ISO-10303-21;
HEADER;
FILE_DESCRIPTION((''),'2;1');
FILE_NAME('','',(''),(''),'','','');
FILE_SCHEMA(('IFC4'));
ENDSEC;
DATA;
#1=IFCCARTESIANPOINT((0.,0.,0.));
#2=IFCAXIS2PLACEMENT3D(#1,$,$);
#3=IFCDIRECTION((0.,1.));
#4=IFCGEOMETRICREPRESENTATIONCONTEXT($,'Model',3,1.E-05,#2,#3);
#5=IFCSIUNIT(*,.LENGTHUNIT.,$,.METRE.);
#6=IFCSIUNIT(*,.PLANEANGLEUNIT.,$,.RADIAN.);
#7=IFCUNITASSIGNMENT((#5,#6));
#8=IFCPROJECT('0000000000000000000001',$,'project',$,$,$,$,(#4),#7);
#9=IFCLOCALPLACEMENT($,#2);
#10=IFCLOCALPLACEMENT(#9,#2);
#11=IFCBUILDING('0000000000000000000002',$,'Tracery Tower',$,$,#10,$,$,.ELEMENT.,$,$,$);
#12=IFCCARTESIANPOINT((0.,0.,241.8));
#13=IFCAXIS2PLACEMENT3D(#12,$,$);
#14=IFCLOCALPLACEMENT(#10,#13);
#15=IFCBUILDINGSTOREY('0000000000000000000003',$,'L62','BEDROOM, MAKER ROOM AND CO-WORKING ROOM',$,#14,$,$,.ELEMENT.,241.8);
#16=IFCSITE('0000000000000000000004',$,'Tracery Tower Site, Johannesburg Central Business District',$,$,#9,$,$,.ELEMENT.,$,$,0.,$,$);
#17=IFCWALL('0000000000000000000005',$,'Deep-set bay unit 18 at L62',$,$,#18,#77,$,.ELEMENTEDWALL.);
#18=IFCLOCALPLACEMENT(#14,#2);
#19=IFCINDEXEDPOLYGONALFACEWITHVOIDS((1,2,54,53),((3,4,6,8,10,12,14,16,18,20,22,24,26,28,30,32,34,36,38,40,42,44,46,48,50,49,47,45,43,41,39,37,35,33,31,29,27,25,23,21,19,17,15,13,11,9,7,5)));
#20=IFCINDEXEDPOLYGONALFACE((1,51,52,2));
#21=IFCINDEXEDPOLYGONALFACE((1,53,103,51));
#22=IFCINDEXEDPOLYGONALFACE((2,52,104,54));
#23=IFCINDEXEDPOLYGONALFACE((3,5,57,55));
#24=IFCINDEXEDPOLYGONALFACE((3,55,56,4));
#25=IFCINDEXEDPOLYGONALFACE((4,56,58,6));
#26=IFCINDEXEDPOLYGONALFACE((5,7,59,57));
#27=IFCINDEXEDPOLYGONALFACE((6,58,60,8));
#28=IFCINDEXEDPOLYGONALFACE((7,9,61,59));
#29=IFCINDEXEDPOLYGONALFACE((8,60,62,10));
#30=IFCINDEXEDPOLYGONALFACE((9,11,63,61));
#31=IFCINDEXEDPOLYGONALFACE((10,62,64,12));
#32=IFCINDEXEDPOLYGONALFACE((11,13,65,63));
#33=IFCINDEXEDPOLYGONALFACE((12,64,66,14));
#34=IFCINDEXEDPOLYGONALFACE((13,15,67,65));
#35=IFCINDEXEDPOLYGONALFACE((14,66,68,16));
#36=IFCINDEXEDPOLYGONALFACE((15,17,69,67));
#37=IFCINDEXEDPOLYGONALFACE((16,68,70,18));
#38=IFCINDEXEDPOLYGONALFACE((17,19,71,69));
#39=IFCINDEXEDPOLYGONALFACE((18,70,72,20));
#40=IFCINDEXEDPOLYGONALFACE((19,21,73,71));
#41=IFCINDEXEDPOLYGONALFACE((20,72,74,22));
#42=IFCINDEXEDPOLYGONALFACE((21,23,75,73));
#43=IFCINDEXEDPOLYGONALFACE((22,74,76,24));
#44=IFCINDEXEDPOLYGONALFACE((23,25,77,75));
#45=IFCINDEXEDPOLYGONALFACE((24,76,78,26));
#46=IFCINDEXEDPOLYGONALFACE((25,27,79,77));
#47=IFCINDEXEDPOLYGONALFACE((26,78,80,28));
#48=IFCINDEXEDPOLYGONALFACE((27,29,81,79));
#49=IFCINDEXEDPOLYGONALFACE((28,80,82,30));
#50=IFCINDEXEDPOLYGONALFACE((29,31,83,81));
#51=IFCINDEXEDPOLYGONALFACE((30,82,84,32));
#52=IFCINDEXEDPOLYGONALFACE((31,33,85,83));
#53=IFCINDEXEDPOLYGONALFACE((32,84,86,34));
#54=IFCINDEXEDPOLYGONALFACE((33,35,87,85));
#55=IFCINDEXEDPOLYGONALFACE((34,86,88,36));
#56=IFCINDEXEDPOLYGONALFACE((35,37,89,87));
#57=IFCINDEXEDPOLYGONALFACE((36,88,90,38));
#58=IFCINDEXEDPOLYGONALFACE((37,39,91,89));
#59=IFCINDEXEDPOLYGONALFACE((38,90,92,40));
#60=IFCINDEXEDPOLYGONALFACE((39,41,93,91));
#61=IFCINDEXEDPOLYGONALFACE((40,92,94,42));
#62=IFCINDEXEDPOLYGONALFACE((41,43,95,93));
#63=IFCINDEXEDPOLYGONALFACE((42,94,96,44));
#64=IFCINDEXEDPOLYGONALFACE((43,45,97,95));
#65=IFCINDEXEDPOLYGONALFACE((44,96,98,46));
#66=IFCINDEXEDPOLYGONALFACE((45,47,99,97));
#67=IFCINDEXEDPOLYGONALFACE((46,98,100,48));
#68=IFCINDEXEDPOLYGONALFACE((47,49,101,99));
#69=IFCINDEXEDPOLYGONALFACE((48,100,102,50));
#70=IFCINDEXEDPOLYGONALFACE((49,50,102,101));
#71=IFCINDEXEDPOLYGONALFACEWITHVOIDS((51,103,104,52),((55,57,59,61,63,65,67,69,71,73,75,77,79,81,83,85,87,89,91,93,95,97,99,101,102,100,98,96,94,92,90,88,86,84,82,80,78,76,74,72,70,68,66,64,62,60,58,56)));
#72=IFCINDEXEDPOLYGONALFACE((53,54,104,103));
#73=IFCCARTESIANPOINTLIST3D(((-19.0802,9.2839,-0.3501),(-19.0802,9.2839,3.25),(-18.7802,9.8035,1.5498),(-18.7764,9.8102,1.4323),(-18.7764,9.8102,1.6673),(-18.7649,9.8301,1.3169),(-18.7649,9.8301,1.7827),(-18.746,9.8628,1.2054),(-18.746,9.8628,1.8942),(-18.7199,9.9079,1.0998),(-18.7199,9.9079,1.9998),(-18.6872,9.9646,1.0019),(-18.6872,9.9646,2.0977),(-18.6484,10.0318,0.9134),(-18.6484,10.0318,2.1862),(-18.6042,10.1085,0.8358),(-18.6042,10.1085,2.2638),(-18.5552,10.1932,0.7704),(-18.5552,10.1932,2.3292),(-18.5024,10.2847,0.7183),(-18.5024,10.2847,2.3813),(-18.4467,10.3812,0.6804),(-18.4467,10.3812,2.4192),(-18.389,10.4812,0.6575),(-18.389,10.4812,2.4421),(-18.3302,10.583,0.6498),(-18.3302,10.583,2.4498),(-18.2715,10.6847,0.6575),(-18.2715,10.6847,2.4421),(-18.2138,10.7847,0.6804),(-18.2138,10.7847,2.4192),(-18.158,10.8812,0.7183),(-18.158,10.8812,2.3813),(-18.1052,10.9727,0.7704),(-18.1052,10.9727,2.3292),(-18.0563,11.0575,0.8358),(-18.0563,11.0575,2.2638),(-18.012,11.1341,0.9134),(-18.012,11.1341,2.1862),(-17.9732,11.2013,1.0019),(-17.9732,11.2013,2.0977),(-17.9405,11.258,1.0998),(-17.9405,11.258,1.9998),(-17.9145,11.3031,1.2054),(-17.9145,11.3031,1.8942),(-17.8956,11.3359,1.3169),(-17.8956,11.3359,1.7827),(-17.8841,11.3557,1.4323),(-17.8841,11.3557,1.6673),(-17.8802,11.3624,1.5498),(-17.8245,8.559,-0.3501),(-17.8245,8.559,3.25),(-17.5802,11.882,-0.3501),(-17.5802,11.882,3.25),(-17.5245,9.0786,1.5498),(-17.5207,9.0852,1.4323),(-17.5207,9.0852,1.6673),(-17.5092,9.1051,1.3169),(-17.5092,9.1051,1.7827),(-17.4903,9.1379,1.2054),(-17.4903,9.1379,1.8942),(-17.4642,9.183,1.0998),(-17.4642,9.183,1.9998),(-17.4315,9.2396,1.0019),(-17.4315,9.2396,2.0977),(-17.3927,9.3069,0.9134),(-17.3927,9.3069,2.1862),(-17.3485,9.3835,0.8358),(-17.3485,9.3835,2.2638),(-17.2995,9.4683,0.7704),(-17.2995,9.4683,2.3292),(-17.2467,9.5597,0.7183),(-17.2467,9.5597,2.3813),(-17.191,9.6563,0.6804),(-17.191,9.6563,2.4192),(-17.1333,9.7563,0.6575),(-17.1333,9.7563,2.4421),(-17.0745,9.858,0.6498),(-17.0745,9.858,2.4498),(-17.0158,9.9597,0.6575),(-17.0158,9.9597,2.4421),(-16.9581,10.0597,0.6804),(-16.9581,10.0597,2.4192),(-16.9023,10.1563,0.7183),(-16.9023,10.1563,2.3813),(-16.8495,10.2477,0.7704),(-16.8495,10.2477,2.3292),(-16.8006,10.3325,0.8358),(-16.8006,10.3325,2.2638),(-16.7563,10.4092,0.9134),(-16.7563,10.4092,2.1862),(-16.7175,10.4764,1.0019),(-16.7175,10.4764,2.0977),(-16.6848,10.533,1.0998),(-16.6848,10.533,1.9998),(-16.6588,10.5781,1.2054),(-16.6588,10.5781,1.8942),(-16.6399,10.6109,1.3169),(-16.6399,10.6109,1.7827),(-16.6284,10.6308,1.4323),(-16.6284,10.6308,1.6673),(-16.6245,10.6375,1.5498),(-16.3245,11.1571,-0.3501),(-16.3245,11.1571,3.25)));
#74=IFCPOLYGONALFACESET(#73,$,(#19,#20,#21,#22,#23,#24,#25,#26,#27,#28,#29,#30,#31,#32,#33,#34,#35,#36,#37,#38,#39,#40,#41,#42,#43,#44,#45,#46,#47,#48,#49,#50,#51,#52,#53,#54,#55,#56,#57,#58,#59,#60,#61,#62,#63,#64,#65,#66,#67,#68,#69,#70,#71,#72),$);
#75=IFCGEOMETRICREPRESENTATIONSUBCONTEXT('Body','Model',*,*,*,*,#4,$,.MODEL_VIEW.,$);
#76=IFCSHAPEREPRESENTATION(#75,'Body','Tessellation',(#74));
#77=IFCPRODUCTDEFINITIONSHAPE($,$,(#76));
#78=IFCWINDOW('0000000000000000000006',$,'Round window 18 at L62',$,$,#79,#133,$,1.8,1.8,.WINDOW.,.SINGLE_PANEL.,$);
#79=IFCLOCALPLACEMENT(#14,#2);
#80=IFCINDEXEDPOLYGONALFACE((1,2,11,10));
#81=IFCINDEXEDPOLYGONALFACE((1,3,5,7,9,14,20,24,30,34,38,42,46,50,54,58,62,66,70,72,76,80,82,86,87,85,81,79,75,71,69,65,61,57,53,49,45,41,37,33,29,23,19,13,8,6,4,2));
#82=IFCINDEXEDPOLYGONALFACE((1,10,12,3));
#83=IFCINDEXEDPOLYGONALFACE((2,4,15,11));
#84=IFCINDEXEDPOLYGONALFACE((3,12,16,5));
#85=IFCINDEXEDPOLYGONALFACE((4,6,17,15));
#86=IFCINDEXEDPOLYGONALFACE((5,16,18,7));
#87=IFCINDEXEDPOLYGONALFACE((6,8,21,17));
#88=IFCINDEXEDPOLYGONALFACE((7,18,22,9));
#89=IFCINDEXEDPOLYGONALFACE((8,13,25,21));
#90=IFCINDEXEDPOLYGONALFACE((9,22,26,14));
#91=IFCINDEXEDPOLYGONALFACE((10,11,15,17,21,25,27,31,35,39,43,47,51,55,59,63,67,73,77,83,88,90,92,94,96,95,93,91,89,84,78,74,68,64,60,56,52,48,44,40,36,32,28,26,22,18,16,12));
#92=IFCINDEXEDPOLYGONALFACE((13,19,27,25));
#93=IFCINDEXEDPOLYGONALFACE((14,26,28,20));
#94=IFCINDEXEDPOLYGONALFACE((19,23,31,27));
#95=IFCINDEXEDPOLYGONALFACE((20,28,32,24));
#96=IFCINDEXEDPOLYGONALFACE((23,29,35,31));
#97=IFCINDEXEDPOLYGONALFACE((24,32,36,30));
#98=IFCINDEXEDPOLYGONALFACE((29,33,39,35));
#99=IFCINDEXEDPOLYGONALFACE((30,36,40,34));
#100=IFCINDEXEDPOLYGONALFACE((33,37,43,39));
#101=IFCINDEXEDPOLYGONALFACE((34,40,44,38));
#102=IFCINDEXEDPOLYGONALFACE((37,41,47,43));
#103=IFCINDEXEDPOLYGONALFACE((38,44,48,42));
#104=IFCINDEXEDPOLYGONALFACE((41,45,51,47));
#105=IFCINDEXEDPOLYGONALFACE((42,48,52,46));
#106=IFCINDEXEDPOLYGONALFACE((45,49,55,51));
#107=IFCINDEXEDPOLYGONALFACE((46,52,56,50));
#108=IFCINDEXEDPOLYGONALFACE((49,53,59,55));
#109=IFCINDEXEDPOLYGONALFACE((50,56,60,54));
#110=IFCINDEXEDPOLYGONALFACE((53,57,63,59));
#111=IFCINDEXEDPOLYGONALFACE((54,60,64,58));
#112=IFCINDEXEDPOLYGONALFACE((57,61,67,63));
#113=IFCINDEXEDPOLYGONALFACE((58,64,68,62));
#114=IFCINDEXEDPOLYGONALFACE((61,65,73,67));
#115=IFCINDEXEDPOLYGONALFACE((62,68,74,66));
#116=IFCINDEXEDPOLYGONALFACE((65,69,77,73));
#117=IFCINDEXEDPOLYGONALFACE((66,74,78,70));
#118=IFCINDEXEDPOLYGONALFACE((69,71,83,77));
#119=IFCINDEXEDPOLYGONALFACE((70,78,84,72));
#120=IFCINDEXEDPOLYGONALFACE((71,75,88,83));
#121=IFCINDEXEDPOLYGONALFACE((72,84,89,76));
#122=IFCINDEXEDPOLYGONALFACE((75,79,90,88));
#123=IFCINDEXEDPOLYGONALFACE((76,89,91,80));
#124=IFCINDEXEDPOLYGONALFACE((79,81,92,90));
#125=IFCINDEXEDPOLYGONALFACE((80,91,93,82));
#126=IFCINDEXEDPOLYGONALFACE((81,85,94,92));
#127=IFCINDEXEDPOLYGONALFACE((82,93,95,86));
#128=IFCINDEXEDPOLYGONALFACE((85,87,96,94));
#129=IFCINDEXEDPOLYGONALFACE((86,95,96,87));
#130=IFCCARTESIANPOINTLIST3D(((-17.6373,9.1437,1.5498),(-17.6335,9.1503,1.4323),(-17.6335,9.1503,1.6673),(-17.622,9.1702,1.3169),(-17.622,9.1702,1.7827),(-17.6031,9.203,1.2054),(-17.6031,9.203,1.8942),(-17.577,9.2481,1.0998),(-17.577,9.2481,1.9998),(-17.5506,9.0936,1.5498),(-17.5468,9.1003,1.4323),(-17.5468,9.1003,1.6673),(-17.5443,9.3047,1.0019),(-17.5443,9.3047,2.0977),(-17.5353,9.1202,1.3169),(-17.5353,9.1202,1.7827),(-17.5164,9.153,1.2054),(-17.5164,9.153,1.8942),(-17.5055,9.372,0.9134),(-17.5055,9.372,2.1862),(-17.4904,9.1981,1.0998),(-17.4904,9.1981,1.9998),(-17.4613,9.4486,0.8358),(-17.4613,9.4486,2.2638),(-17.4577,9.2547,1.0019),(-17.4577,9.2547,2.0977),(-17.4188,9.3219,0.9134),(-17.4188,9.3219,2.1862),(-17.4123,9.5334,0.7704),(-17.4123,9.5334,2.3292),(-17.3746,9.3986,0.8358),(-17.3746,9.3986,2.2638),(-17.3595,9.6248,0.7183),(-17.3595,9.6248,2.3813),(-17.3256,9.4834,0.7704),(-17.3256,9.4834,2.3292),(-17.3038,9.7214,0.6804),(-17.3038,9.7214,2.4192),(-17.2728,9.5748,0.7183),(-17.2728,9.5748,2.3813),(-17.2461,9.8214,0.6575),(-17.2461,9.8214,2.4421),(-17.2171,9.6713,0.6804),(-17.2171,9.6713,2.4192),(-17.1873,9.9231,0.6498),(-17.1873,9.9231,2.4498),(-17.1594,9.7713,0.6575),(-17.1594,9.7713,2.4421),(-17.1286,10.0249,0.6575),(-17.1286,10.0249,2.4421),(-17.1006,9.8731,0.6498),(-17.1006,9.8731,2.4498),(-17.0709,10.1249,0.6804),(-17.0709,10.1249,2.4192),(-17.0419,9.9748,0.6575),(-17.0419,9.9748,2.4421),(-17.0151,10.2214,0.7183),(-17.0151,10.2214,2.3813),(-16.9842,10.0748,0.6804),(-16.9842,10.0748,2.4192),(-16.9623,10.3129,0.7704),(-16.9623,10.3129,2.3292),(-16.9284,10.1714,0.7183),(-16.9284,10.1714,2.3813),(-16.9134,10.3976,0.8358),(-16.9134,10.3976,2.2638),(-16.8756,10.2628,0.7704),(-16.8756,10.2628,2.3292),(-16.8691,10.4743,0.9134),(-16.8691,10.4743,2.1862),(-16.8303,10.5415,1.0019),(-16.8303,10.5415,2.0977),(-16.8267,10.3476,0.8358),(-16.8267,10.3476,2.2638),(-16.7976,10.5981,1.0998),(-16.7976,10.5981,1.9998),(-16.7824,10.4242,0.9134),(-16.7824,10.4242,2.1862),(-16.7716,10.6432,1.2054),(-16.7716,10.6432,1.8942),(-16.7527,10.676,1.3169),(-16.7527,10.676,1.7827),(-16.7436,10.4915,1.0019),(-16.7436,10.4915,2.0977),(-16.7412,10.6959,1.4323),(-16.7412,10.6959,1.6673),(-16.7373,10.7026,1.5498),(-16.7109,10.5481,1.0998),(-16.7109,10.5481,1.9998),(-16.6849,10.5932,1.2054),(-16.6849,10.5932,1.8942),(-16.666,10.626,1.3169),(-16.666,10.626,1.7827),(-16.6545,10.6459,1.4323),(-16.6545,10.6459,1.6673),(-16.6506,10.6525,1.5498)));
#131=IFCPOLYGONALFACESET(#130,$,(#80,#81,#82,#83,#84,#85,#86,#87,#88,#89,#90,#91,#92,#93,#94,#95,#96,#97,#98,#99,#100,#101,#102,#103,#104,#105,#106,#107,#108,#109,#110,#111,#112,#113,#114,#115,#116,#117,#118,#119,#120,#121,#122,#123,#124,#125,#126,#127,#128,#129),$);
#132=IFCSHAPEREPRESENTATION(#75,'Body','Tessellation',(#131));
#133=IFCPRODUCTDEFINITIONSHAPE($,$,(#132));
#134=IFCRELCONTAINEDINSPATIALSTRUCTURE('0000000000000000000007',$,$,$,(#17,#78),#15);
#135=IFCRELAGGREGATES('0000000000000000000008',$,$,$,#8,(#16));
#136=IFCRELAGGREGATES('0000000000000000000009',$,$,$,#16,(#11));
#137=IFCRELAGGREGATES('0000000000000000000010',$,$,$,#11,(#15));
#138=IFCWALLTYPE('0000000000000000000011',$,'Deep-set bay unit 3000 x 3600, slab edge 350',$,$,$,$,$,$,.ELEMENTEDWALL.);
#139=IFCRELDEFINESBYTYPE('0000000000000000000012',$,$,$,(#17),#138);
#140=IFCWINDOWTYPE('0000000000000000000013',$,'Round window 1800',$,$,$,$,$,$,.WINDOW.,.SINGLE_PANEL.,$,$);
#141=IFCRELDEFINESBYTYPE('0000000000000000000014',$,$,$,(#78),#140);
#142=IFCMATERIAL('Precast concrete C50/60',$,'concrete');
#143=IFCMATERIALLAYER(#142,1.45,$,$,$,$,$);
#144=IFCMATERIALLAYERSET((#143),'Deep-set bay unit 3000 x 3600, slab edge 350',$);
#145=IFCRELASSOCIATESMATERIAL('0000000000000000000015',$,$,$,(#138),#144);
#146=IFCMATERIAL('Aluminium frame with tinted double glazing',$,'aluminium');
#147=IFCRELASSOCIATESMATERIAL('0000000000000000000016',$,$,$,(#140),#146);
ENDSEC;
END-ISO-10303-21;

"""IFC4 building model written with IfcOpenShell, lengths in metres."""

from ifc_helpers import new_model, si_unit, direction, frame, frame_2d, origin, origin_2d, place, context, subcontext, project, spatial, rectangle, circle, extrude, material, layer, layer_set, type_object, element, fill, save


model = new_model("IFC4")

# Units and contexts
model_context = context("Model", 3, precision=1e-05, world=origin(), true_north=direction((0.0, 1.0)))
body_context = subcontext(model_context, "Body", "Model", "MODEL_VIEW")
ifc_project = project(units=[si_unit("LENGTHUNIT", "METRE"), si_unit("PLANEANGLEUNIT", "RADIAN")], contexts=[model_context])

# Site, building, storey
site_placement = place(None, origin())
site = spatial("IfcSite", under=ifc_project, at=site_placement, Name="Tracery Tower Site, Johannesburg Central Business District", CompositionType="ELEMENT", RefElevation=0.0)
building_placement = place(site_placement, origin())
building = spatial("IfcBuilding", under=site, at=building_placement, Name="Tracery Tower", CompositionType="ELEMENT")
storey_placement = place(building_placement, frame((0.0, 0.0, 241.8)))
storey = spatial("IfcBuildingStorey", under=building, at=storey_placement, Name="L62", Description="BEDROOM, MAKER ROOM AND CO-WORKING ROOM", CompositionType="ELEMENT", Elevation=241.8)

# Wall, opening, window
ifc_material_1 = material(Name="Precast concrete C50/60", Category="concrete")
ifc_layer_1 = layer(ifc_material_1, 1.45)
ifc_layer_set_1 = layer_set([ifc_layer_1], Name="Deep-set bay unit 3000 x 3600, slab edge 350")
wall_type_1 = type_object("IfcWallType", Name="Deep-set bay unit 3000 x 3600, slab edge 350", PredefinedType="ELEMENTEDWALL", material=ifc_layer_set_1)
ifc_material_2 = material(Name="Aluminium frame with tinted double glazing", Category="aluminium")
window_type = type_object("IfcWindowType", Name="Round window 1800", PartitioningType="SINGLE_PANEL", PredefinedType="WINDOW", material=ifc_material_2)
wall_1_placement = place(storey_placement, frame((-16.9524, 11.5195, -0.3501), z_axis=(0.0, 0.0, 1.0), x_axis=(-0.49999, -0.866031, 0.0)))
wall_1 = element("IfcWall", 1, at=wall_1_placement, inside=storey, type_object=wall_type_1, Name="Deep-set bay unit 18 at L62", PredefinedType="ELEMENTEDWALL", context=body_context, shape_type="SweptSolid", body=[
    extrude(rectangle(XDim=3.0, YDim=1.45, at=frame_2d((1.5, 0.0))), origin(), (0.0, 0.0, 1.0), 3.6001),
])
opening_1_placement = place(wall_1_placement, frame((1.5, 0.0, 1.8999)))
opening_1 = element("IfcOpeningElement", 2, at=opening_1_placement, cuts=wall_1, PredefinedType="OPENING", context=body_context, shape_type="SweptSolid", body=[
    extrude(circle(Radius=0.9, at=origin_2d()), frame((0.0, 0.7349, 0.0), z_axis=(0.0, -1.0, 0.0), x_axis=(1.0, 0.0, 0.0)), (0.0, 0.0, 1.0), 1.47),
])
window_1_placement = place(opening_1_placement, origin())
window_1 = element("IfcWindow", 3, at=window_1_placement, inside=storey, type_object=window_type, Name="Round window 18 at L62", OverallHeight=1.8, OverallWidth=1.8, PartitioningType="SINGLE_PANEL", PredefinedType="WINDOW", context=body_context, shape_type="SweptSolid", body=[
    extrude(circle(Radius=0.9, at=origin_2d()), frame((0.0, 0.6948, 0.0), z_axis=(0.0, -1.0, 0.0), x_axis=(1.0, 0.0, 0.0)), (0.0, 0.0, 1.0), 0.1001),
])
fill(opening_1, window_1)

save(model, "model.ifc")
